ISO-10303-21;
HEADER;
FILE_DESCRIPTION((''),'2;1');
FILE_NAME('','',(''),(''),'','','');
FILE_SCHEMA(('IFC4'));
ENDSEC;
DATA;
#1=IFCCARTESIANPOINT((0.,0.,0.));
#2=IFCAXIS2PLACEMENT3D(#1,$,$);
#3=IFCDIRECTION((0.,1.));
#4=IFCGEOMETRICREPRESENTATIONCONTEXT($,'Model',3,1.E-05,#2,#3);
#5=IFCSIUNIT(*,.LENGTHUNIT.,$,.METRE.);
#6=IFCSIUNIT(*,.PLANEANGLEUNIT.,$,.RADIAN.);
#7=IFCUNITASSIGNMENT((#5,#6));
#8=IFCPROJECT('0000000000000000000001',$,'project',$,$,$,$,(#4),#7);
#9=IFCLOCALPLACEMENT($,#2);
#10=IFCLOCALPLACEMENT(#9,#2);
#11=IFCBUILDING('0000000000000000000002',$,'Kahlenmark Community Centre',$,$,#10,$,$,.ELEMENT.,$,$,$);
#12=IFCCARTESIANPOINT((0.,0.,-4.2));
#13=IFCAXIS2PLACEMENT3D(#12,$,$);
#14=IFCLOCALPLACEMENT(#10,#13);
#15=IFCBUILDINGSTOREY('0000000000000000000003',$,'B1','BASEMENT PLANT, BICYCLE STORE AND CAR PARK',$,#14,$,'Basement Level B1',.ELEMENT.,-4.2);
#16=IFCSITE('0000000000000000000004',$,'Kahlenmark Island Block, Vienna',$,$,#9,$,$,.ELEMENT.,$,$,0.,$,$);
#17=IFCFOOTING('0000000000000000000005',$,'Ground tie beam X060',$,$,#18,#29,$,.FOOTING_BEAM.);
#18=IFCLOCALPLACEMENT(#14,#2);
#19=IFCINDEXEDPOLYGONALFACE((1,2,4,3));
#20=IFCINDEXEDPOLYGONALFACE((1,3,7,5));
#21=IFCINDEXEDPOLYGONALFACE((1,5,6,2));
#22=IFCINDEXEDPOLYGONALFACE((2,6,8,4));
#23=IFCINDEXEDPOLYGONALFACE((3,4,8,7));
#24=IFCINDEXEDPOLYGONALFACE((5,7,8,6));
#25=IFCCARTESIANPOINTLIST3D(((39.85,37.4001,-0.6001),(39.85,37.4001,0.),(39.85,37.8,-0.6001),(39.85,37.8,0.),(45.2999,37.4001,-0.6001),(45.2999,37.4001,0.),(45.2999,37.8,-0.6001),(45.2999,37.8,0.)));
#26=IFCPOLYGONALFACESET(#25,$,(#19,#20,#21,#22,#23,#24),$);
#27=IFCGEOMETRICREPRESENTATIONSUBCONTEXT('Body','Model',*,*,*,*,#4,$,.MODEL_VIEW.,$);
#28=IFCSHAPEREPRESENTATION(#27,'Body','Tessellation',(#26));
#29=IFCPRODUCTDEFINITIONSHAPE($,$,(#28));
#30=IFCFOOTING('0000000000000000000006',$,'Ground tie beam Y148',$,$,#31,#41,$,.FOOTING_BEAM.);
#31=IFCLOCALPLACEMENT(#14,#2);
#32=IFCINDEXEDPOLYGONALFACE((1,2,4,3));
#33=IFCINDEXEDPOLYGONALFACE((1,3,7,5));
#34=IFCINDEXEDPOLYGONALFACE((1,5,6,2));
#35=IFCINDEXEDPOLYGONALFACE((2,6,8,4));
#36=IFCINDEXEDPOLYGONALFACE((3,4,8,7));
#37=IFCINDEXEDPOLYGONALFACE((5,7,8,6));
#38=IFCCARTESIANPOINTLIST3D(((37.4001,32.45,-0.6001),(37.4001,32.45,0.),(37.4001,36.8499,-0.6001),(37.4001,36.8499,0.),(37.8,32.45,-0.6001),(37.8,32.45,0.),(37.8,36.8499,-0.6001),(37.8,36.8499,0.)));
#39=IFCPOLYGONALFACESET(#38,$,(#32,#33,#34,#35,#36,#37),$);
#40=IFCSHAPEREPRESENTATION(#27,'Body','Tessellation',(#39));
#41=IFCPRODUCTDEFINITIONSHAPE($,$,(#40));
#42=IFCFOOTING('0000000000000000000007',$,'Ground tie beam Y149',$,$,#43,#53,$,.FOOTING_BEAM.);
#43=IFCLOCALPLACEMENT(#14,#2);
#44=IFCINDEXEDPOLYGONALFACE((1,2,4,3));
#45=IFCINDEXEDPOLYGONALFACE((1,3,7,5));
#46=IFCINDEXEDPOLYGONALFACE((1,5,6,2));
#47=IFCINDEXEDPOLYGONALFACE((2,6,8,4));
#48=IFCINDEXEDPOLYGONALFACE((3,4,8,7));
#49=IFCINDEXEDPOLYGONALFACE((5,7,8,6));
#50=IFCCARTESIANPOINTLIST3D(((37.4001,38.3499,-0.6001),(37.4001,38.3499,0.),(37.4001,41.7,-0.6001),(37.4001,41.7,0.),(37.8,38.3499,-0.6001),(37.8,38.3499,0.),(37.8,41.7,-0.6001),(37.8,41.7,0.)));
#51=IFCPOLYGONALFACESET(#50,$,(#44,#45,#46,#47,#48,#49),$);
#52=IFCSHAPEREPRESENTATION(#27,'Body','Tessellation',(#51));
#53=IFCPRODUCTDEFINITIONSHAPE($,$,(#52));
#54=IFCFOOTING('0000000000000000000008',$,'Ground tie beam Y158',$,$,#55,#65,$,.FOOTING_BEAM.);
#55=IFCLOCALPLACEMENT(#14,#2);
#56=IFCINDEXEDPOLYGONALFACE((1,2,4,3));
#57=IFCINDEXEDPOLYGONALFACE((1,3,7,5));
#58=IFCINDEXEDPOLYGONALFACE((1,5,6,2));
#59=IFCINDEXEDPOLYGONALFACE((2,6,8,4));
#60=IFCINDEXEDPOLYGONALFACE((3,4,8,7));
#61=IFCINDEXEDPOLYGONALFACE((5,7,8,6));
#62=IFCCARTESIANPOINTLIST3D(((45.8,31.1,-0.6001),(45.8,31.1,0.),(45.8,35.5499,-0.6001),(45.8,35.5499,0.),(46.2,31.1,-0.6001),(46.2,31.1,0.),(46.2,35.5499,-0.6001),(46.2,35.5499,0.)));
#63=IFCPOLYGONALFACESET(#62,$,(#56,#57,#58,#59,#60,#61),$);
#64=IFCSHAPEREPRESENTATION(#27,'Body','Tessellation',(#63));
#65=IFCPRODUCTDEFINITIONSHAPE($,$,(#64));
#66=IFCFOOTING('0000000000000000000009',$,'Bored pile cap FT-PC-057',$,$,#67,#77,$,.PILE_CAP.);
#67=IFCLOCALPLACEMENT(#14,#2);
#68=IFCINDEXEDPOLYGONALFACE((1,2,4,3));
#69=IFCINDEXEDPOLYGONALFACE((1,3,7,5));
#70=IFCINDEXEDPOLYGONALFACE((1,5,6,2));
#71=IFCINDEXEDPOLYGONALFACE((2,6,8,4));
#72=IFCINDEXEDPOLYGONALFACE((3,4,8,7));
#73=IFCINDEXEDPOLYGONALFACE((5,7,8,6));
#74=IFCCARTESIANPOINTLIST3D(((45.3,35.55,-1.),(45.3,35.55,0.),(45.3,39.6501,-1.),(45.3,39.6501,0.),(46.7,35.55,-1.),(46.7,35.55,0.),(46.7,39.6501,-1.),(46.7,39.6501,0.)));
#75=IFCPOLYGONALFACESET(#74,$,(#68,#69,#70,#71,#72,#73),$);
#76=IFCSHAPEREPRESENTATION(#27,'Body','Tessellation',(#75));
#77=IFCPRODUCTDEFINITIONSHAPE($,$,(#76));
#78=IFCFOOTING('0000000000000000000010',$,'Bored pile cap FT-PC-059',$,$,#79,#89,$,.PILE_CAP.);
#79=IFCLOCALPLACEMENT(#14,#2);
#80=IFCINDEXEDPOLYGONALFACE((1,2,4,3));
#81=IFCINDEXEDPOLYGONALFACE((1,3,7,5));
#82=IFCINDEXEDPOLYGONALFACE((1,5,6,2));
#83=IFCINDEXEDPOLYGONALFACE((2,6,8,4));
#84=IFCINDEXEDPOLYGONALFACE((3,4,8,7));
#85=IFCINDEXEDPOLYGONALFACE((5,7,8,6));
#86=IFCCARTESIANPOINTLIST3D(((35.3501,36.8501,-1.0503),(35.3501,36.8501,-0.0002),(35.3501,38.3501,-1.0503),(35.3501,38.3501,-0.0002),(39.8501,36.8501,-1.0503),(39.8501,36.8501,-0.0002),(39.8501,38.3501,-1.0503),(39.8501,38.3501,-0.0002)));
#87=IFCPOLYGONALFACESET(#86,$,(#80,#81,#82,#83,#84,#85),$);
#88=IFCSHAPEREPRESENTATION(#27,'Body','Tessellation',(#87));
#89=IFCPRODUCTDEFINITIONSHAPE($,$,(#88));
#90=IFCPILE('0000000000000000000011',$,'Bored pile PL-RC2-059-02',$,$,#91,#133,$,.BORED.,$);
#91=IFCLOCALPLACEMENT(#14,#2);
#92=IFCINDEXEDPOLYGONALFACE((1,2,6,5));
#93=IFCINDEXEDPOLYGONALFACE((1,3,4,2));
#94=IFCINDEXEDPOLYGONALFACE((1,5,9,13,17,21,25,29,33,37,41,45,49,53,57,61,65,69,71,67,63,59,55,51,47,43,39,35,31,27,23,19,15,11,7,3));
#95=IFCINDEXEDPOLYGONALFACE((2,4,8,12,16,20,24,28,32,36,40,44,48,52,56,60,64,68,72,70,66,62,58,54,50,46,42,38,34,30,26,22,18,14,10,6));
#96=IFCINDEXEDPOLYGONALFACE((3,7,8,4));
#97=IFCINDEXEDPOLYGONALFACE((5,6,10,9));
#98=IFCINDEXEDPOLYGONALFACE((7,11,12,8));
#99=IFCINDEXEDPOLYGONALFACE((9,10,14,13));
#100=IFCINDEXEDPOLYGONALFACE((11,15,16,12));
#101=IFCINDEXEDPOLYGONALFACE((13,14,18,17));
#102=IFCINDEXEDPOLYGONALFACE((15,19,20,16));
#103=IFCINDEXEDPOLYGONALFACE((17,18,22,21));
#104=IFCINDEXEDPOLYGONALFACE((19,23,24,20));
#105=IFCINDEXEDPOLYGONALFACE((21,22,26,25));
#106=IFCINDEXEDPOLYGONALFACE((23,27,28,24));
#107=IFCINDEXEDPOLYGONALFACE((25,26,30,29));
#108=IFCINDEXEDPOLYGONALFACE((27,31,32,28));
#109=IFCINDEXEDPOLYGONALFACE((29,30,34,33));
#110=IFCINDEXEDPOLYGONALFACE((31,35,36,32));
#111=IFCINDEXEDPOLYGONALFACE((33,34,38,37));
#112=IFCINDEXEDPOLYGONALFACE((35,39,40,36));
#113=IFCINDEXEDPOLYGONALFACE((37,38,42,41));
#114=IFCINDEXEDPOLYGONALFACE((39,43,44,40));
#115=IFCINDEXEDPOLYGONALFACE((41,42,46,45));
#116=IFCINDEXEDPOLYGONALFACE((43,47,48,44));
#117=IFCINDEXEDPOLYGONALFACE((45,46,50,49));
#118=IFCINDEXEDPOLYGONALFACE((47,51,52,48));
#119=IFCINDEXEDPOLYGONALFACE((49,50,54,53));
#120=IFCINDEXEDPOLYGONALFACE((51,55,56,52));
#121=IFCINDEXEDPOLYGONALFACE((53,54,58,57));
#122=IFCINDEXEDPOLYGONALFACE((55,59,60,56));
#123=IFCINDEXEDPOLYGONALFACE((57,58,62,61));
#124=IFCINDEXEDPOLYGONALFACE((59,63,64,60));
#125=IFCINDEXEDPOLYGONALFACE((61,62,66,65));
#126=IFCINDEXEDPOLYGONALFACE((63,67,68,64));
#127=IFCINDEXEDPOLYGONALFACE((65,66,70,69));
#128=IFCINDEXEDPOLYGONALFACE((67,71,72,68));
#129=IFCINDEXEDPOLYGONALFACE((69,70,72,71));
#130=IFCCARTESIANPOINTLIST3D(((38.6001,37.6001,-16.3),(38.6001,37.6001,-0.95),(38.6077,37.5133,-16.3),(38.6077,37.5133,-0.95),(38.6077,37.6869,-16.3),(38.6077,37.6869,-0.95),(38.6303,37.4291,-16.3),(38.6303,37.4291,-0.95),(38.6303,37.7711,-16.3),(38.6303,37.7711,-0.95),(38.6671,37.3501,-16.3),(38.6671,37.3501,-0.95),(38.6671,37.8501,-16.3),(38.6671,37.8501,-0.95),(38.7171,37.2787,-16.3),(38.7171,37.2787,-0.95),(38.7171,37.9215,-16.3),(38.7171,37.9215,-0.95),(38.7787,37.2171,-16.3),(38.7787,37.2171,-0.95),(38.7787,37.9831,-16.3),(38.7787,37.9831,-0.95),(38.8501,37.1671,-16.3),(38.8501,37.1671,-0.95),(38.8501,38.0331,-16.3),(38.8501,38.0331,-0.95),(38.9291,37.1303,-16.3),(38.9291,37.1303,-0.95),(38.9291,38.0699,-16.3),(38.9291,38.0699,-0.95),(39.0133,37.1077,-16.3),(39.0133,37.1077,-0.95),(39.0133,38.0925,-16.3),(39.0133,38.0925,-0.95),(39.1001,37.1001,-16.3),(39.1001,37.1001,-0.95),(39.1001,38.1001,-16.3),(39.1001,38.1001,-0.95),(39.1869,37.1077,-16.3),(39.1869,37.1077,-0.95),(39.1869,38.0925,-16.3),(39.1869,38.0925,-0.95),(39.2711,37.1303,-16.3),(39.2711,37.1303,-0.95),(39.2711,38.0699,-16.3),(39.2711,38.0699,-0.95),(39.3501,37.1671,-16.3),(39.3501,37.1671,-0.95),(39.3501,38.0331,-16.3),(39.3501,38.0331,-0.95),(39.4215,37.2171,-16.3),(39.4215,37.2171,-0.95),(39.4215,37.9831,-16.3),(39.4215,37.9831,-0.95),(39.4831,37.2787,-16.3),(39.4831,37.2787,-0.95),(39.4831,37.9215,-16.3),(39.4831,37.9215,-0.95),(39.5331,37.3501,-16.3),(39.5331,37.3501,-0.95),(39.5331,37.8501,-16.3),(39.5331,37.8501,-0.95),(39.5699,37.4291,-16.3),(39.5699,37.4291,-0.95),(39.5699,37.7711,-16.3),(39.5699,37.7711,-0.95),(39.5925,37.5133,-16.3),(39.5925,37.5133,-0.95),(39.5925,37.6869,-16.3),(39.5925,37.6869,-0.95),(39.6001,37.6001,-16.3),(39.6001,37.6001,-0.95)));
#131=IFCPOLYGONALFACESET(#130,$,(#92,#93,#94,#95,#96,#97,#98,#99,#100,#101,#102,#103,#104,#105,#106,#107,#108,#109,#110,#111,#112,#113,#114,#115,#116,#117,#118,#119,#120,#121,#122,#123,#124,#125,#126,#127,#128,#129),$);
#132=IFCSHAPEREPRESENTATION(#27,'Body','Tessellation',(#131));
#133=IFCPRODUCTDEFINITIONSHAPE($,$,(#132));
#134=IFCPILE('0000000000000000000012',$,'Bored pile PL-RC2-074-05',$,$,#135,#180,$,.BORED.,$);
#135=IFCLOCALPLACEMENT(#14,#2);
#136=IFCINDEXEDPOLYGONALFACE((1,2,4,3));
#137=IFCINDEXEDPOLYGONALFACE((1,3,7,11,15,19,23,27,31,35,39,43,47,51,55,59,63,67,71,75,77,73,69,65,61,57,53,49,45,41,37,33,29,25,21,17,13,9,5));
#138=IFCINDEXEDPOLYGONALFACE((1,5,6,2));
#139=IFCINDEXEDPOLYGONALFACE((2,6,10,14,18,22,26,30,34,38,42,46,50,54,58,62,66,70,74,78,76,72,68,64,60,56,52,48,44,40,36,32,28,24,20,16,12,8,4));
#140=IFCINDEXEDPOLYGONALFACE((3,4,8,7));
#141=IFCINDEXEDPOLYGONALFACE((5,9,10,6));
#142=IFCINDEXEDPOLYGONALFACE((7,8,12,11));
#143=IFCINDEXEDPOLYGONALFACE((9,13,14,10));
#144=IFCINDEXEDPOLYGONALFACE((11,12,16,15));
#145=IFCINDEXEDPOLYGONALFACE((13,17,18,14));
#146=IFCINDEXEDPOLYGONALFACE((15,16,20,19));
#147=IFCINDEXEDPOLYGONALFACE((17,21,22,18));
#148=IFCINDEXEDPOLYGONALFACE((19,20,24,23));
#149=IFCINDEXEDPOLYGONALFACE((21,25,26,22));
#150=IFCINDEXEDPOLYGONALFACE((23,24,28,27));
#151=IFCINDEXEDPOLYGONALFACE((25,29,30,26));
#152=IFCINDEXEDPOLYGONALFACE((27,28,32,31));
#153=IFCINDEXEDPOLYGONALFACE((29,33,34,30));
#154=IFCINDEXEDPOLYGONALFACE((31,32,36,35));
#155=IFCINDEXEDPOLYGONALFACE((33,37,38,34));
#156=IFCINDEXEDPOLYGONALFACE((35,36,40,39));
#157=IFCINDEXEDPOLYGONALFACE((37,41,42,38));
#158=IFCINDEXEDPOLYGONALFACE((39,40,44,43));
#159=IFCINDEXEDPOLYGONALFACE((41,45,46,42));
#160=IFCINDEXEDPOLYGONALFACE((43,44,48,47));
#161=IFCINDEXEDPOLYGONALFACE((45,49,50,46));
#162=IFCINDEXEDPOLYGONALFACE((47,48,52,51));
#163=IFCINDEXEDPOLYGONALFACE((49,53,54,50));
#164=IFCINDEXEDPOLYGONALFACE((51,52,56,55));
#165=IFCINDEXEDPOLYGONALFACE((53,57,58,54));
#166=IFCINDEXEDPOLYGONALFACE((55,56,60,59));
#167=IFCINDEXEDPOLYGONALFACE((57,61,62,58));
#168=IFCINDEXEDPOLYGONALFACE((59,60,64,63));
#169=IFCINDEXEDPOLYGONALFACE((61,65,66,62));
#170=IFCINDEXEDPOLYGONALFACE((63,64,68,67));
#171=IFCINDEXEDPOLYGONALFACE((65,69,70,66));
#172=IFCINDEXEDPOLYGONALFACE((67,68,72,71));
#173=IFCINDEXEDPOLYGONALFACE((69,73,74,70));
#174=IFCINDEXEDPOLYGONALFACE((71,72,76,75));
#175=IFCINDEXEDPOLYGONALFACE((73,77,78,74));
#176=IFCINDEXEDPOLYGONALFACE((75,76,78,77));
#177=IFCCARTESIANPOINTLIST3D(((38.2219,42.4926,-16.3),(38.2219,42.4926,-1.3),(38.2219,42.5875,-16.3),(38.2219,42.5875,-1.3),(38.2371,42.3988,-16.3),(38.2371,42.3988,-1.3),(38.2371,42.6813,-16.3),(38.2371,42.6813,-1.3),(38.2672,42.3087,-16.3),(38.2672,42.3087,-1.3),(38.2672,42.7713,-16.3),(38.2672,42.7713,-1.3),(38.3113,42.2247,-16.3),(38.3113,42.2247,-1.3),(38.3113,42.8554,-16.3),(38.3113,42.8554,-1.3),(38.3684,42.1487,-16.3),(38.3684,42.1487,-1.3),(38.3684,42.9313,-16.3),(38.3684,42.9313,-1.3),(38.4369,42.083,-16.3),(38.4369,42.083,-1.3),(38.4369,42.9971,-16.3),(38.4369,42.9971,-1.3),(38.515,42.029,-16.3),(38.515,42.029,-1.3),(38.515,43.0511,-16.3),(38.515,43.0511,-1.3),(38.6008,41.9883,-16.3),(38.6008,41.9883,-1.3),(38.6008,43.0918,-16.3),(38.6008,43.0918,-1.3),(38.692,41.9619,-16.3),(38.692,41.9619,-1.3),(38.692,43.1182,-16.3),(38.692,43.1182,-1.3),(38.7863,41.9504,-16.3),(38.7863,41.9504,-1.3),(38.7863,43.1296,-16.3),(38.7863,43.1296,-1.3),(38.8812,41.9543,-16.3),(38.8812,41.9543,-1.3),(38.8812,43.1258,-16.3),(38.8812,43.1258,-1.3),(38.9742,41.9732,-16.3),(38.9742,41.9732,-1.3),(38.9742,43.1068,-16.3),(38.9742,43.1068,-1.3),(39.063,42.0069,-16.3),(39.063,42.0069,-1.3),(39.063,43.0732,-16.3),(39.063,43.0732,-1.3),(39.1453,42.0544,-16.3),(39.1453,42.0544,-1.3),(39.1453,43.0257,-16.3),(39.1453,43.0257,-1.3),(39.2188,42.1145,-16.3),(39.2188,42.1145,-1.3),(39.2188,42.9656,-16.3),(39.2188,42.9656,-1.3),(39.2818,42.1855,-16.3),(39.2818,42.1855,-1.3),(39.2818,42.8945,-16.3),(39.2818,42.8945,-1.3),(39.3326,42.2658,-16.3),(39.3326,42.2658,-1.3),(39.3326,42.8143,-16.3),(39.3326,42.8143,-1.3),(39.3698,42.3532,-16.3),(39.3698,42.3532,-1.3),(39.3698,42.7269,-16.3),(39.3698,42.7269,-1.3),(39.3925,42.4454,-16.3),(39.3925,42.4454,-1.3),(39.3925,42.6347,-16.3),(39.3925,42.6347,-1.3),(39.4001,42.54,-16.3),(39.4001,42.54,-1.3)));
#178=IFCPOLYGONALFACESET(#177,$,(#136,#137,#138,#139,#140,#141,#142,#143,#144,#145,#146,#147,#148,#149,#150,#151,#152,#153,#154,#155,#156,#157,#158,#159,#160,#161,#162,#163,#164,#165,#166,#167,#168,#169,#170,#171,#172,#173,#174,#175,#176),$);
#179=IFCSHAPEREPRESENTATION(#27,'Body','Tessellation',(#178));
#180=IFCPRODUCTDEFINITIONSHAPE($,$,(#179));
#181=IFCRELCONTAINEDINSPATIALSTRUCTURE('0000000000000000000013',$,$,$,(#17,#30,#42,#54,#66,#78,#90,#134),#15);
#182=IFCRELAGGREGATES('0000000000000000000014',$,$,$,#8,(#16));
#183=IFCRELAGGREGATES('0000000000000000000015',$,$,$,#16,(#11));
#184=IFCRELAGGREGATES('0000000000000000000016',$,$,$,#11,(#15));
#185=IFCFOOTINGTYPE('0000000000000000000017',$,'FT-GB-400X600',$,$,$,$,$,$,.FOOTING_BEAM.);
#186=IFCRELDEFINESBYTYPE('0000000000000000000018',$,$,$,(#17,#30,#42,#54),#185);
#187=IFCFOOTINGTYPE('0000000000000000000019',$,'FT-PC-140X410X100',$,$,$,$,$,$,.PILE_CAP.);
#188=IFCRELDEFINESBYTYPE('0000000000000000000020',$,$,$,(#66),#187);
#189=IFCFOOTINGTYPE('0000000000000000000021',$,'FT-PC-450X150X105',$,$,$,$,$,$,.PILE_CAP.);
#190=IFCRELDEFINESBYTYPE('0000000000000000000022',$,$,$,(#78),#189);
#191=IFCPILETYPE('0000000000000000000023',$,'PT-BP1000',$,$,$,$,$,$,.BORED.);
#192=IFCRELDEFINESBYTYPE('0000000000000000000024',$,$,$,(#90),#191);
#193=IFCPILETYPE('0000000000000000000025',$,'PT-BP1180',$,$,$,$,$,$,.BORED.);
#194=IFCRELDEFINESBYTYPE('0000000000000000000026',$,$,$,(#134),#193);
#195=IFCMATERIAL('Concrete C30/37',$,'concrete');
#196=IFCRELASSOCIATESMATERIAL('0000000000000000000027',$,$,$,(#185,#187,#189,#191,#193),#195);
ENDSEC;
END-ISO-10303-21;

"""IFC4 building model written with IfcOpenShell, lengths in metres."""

from ifc_helpers import new_model, si_unit, direction, frame, origin, origin_2d, place, context, subcontext, project, spatial, rectangle, circle, extrude, material, material_profile, profile_set, type_object, element, save


model = new_model("IFC4")

# Units and contexts
model_context = context("Model", 3, precision=1e-05, world=origin(), true_north=direction((0.0, 1.0)))
body_context = subcontext(model_context, "Body", "Model", "MODEL_VIEW")
ifc_project = project(units=[si_unit("LENGTHUNIT", "METRE"), si_unit("PLANEANGLEUNIT", "RADIAN")], contexts=[model_context])

# Site, building, storey
site_placement = place(None, origin())
site = spatial("IfcSite", under=ifc_project, at=site_placement, Name="Kahlenmark Island Block, Vienna", CompositionType="ELEMENT", RefElevation=0.0)
building_placement = place(site_placement, origin())
building = spatial("IfcBuilding", under=site, at=building_placement, Name="Kahlenmark Community Centre", CompositionType="ELEMENT")
storey_placement = place(building_placement, frame((0.0, 0.0, -4.2)))
storey = spatial("IfcBuildingStorey", under=building, at=storey_placement, Name="B1", Description="BASEMENT PLANT, BICYCLE STORE AND CAR PARK", LongName="Basement Level B1", CompositionType="ELEMENT", Elevation=-4.2)

# Footings
ifc_material_1 = material(Name="Concrete C30/37", Category="concrete")
footing_type_1 = type_object("IfcFootingType", Name="FT-GB-400X600", PredefinedType="FOOTING_BEAM", material=ifc_material_1)
footing_1_placement = place(storey_placement, frame((42.575, 37.6001, -0.6001), z_axis=(0.0, 0.0, 1.0), x_axis=(1.0, 0.0, 0.0)))
element("IfcFooting", 1, at=footing_1_placement, inside=storey, type_object=footing_type_1, Name="Ground tie beam X060", PredefinedType="FOOTING_BEAM", context=body_context, shape_type="SweptSolid", body=[
    extrude(rectangle(XDim=5.45, YDim=0.3999, at=origin_2d()), origin(), (0.0, 0.0, 1.0), 0.6001),
])
footing_2_placement = place(storey_placement, frame((37.6001, 34.6499, -0.6001), z_axis=(0.0, 0.0, 1.0), x_axis=(1.0, 0.0, 0.0)))
element("IfcFooting", 2, at=footing_2_placement, inside=storey, type_object=footing_type_1, Name="Ground tie beam Y148", PredefinedType="FOOTING_BEAM", context=body_context, shape_type="SweptSolid", body=[
    extrude(rectangle(XDim=0.3999, YDim=4.3999, at=origin_2d()), origin(), (0.0, 0.0, 1.0), 0.6001),
])
footing_3_placement = place(storey_placement, frame((37.6001, 40.0249, -0.6001), z_axis=(0.0, 0.0, 1.0), x_axis=(1.0, 0.0, 0.0)))
element("IfcFooting", 3, at=footing_3_placement, inside=storey, type_object=footing_type_1, Name="Ground tie beam Y149", PredefinedType="FOOTING_BEAM", context=body_context, shape_type="SweptSolid", body=[
    extrude(rectangle(XDim=0.3999, YDim=3.3501, at=origin_2d()), origin(), (0.0, 0.0, 1.0), 0.6001),
])
footing_4_placement = place(storey_placement, frame((46.0, 33.325, -0.6001), z_axis=(0.0, 0.0, 1.0), x_axis=(1.0, 0.0, 0.0)))
element("IfcFooting", 4, at=footing_4_placement, inside=storey, type_object=footing_type_1, Name="Ground tie beam Y158", PredefinedType="FOOTING_BEAM", context=body_context, shape_type="SweptSolid", body=[
    extrude(rectangle(XDim=0.3999, YDim=4.45, at=origin_2d()), origin(), (0.0, 0.0, 1.0), 0.6001),
])
footing_type_2 = type_object("IfcFootingType", Name="FT-PC-140X410X100", PredefinedType="PILE_CAP", material=ifc_material_1)
footing_5_placement = place(storey_placement, frame((46.0, 37.6001, -1.0), z_axis=(0.0, 0.0, 1.0), x_axis=(1.0, 0.0, 0.0)))
element("IfcFooting", 5, at=footing_5_placement, inside=storey, type_object=footing_type_2, Name="Bored pile cap FT-PC-057", PredefinedType="PILE_CAP", context=body_context, shape_type="SweptSolid", body=[
    extrude(rectangle(XDim=1.3999, YDim=4.1001, at=origin_2d()), origin(), (0.0, 0.0, 1.0), 1.0),
])
footing_type_3 = type_object("IfcFootingType", Name="FT-PC-450X150X105", PredefinedType="PILE_CAP", material=ifc_material_1)
footing_6_placement = place(storey_placement, frame((37.6001, 37.6001, -1.0503), z_axis=(0.0, 0.0, 1.0), x_axis=(1.0, 0.0, 0.0)))
element("IfcFooting", 6, at=footing_6_placement, inside=storey, type_object=footing_type_3, Name="Bored pile cap FT-PC-059", PredefinedType="PILE_CAP", context=body_context, shape_type="SweptSolid", body=[
    extrude(rectangle(XDim=4.5, YDim=1.5, at=origin_2d()), origin(), (0.0, 0.0, 1.0), 1.05),
])

# Piles
ifc_material_profile_1 = material_profile(ifc_material_1, circle(Radius=0.5, at=origin_2d()), Name="BORED PILE 1000")
ifc_profile_set_1 = profile_set([ifc_material_profile_1], Name="Concrete C30/37")
pile_type_1 = type_object("IfcPileType", Name="PT-BP1000", PredefinedType="BORED", material=ifc_profile_set_1)
pile_1_placement = place(storey_placement, frame((39.1001, 37.6001, -0.95), z_axis=(0.0, 0.0, -1.0), x_axis=(1.0, 0.0, 0.0)))
element("IfcPile", 7, at=pile_1_placement, inside=storey, type_object=pile_type_1, Name="Bored pile PL-RC2-059-02", PredefinedType="BORED", context=body_context, shape_type="SweptSolid", body=[
    extrude(circle(Radius=0.5, at=origin_2d()), origin(), (0.0, 0.0, 1.0), 15.3501),
])
ifc_material_profile_2 = material_profile(ifc_material_1, circle(Radius=0.5901, at=origin_2d()), Name="BORED PILE 1180")
ifc_profile_set_2 = profile_set([ifc_material_profile_2], Name="Concrete C30/37")
pile_type_2 = type_object("IfcPileType", Name="PT-BP1180", PredefinedType="BORED", material=ifc_profile_set_2)
for number, where, z_axis, x_axis, name in (
    (8, (38.8101, 42.54, -1.3), (0.0, 0.0, -1.0), (1.0, 0.0, 0.0), "Bored pile PL-RC2-074-05"),
):
    element("IfcPile", number, at=place(storey_placement, frame(where, z_axis=z_axis, x_axis=x_axis)), inside=storey, type_object=pile_type_2, Name=name, PredefinedType="BORED", context=body_context, shape_type="SweptSolid", body=[
        extrude(circle(Radius=0.5901, at=origin_2d()), origin(), (0.0, 0.0, 1.0), 15.0),
    ])

save(model, "model.ifc")
